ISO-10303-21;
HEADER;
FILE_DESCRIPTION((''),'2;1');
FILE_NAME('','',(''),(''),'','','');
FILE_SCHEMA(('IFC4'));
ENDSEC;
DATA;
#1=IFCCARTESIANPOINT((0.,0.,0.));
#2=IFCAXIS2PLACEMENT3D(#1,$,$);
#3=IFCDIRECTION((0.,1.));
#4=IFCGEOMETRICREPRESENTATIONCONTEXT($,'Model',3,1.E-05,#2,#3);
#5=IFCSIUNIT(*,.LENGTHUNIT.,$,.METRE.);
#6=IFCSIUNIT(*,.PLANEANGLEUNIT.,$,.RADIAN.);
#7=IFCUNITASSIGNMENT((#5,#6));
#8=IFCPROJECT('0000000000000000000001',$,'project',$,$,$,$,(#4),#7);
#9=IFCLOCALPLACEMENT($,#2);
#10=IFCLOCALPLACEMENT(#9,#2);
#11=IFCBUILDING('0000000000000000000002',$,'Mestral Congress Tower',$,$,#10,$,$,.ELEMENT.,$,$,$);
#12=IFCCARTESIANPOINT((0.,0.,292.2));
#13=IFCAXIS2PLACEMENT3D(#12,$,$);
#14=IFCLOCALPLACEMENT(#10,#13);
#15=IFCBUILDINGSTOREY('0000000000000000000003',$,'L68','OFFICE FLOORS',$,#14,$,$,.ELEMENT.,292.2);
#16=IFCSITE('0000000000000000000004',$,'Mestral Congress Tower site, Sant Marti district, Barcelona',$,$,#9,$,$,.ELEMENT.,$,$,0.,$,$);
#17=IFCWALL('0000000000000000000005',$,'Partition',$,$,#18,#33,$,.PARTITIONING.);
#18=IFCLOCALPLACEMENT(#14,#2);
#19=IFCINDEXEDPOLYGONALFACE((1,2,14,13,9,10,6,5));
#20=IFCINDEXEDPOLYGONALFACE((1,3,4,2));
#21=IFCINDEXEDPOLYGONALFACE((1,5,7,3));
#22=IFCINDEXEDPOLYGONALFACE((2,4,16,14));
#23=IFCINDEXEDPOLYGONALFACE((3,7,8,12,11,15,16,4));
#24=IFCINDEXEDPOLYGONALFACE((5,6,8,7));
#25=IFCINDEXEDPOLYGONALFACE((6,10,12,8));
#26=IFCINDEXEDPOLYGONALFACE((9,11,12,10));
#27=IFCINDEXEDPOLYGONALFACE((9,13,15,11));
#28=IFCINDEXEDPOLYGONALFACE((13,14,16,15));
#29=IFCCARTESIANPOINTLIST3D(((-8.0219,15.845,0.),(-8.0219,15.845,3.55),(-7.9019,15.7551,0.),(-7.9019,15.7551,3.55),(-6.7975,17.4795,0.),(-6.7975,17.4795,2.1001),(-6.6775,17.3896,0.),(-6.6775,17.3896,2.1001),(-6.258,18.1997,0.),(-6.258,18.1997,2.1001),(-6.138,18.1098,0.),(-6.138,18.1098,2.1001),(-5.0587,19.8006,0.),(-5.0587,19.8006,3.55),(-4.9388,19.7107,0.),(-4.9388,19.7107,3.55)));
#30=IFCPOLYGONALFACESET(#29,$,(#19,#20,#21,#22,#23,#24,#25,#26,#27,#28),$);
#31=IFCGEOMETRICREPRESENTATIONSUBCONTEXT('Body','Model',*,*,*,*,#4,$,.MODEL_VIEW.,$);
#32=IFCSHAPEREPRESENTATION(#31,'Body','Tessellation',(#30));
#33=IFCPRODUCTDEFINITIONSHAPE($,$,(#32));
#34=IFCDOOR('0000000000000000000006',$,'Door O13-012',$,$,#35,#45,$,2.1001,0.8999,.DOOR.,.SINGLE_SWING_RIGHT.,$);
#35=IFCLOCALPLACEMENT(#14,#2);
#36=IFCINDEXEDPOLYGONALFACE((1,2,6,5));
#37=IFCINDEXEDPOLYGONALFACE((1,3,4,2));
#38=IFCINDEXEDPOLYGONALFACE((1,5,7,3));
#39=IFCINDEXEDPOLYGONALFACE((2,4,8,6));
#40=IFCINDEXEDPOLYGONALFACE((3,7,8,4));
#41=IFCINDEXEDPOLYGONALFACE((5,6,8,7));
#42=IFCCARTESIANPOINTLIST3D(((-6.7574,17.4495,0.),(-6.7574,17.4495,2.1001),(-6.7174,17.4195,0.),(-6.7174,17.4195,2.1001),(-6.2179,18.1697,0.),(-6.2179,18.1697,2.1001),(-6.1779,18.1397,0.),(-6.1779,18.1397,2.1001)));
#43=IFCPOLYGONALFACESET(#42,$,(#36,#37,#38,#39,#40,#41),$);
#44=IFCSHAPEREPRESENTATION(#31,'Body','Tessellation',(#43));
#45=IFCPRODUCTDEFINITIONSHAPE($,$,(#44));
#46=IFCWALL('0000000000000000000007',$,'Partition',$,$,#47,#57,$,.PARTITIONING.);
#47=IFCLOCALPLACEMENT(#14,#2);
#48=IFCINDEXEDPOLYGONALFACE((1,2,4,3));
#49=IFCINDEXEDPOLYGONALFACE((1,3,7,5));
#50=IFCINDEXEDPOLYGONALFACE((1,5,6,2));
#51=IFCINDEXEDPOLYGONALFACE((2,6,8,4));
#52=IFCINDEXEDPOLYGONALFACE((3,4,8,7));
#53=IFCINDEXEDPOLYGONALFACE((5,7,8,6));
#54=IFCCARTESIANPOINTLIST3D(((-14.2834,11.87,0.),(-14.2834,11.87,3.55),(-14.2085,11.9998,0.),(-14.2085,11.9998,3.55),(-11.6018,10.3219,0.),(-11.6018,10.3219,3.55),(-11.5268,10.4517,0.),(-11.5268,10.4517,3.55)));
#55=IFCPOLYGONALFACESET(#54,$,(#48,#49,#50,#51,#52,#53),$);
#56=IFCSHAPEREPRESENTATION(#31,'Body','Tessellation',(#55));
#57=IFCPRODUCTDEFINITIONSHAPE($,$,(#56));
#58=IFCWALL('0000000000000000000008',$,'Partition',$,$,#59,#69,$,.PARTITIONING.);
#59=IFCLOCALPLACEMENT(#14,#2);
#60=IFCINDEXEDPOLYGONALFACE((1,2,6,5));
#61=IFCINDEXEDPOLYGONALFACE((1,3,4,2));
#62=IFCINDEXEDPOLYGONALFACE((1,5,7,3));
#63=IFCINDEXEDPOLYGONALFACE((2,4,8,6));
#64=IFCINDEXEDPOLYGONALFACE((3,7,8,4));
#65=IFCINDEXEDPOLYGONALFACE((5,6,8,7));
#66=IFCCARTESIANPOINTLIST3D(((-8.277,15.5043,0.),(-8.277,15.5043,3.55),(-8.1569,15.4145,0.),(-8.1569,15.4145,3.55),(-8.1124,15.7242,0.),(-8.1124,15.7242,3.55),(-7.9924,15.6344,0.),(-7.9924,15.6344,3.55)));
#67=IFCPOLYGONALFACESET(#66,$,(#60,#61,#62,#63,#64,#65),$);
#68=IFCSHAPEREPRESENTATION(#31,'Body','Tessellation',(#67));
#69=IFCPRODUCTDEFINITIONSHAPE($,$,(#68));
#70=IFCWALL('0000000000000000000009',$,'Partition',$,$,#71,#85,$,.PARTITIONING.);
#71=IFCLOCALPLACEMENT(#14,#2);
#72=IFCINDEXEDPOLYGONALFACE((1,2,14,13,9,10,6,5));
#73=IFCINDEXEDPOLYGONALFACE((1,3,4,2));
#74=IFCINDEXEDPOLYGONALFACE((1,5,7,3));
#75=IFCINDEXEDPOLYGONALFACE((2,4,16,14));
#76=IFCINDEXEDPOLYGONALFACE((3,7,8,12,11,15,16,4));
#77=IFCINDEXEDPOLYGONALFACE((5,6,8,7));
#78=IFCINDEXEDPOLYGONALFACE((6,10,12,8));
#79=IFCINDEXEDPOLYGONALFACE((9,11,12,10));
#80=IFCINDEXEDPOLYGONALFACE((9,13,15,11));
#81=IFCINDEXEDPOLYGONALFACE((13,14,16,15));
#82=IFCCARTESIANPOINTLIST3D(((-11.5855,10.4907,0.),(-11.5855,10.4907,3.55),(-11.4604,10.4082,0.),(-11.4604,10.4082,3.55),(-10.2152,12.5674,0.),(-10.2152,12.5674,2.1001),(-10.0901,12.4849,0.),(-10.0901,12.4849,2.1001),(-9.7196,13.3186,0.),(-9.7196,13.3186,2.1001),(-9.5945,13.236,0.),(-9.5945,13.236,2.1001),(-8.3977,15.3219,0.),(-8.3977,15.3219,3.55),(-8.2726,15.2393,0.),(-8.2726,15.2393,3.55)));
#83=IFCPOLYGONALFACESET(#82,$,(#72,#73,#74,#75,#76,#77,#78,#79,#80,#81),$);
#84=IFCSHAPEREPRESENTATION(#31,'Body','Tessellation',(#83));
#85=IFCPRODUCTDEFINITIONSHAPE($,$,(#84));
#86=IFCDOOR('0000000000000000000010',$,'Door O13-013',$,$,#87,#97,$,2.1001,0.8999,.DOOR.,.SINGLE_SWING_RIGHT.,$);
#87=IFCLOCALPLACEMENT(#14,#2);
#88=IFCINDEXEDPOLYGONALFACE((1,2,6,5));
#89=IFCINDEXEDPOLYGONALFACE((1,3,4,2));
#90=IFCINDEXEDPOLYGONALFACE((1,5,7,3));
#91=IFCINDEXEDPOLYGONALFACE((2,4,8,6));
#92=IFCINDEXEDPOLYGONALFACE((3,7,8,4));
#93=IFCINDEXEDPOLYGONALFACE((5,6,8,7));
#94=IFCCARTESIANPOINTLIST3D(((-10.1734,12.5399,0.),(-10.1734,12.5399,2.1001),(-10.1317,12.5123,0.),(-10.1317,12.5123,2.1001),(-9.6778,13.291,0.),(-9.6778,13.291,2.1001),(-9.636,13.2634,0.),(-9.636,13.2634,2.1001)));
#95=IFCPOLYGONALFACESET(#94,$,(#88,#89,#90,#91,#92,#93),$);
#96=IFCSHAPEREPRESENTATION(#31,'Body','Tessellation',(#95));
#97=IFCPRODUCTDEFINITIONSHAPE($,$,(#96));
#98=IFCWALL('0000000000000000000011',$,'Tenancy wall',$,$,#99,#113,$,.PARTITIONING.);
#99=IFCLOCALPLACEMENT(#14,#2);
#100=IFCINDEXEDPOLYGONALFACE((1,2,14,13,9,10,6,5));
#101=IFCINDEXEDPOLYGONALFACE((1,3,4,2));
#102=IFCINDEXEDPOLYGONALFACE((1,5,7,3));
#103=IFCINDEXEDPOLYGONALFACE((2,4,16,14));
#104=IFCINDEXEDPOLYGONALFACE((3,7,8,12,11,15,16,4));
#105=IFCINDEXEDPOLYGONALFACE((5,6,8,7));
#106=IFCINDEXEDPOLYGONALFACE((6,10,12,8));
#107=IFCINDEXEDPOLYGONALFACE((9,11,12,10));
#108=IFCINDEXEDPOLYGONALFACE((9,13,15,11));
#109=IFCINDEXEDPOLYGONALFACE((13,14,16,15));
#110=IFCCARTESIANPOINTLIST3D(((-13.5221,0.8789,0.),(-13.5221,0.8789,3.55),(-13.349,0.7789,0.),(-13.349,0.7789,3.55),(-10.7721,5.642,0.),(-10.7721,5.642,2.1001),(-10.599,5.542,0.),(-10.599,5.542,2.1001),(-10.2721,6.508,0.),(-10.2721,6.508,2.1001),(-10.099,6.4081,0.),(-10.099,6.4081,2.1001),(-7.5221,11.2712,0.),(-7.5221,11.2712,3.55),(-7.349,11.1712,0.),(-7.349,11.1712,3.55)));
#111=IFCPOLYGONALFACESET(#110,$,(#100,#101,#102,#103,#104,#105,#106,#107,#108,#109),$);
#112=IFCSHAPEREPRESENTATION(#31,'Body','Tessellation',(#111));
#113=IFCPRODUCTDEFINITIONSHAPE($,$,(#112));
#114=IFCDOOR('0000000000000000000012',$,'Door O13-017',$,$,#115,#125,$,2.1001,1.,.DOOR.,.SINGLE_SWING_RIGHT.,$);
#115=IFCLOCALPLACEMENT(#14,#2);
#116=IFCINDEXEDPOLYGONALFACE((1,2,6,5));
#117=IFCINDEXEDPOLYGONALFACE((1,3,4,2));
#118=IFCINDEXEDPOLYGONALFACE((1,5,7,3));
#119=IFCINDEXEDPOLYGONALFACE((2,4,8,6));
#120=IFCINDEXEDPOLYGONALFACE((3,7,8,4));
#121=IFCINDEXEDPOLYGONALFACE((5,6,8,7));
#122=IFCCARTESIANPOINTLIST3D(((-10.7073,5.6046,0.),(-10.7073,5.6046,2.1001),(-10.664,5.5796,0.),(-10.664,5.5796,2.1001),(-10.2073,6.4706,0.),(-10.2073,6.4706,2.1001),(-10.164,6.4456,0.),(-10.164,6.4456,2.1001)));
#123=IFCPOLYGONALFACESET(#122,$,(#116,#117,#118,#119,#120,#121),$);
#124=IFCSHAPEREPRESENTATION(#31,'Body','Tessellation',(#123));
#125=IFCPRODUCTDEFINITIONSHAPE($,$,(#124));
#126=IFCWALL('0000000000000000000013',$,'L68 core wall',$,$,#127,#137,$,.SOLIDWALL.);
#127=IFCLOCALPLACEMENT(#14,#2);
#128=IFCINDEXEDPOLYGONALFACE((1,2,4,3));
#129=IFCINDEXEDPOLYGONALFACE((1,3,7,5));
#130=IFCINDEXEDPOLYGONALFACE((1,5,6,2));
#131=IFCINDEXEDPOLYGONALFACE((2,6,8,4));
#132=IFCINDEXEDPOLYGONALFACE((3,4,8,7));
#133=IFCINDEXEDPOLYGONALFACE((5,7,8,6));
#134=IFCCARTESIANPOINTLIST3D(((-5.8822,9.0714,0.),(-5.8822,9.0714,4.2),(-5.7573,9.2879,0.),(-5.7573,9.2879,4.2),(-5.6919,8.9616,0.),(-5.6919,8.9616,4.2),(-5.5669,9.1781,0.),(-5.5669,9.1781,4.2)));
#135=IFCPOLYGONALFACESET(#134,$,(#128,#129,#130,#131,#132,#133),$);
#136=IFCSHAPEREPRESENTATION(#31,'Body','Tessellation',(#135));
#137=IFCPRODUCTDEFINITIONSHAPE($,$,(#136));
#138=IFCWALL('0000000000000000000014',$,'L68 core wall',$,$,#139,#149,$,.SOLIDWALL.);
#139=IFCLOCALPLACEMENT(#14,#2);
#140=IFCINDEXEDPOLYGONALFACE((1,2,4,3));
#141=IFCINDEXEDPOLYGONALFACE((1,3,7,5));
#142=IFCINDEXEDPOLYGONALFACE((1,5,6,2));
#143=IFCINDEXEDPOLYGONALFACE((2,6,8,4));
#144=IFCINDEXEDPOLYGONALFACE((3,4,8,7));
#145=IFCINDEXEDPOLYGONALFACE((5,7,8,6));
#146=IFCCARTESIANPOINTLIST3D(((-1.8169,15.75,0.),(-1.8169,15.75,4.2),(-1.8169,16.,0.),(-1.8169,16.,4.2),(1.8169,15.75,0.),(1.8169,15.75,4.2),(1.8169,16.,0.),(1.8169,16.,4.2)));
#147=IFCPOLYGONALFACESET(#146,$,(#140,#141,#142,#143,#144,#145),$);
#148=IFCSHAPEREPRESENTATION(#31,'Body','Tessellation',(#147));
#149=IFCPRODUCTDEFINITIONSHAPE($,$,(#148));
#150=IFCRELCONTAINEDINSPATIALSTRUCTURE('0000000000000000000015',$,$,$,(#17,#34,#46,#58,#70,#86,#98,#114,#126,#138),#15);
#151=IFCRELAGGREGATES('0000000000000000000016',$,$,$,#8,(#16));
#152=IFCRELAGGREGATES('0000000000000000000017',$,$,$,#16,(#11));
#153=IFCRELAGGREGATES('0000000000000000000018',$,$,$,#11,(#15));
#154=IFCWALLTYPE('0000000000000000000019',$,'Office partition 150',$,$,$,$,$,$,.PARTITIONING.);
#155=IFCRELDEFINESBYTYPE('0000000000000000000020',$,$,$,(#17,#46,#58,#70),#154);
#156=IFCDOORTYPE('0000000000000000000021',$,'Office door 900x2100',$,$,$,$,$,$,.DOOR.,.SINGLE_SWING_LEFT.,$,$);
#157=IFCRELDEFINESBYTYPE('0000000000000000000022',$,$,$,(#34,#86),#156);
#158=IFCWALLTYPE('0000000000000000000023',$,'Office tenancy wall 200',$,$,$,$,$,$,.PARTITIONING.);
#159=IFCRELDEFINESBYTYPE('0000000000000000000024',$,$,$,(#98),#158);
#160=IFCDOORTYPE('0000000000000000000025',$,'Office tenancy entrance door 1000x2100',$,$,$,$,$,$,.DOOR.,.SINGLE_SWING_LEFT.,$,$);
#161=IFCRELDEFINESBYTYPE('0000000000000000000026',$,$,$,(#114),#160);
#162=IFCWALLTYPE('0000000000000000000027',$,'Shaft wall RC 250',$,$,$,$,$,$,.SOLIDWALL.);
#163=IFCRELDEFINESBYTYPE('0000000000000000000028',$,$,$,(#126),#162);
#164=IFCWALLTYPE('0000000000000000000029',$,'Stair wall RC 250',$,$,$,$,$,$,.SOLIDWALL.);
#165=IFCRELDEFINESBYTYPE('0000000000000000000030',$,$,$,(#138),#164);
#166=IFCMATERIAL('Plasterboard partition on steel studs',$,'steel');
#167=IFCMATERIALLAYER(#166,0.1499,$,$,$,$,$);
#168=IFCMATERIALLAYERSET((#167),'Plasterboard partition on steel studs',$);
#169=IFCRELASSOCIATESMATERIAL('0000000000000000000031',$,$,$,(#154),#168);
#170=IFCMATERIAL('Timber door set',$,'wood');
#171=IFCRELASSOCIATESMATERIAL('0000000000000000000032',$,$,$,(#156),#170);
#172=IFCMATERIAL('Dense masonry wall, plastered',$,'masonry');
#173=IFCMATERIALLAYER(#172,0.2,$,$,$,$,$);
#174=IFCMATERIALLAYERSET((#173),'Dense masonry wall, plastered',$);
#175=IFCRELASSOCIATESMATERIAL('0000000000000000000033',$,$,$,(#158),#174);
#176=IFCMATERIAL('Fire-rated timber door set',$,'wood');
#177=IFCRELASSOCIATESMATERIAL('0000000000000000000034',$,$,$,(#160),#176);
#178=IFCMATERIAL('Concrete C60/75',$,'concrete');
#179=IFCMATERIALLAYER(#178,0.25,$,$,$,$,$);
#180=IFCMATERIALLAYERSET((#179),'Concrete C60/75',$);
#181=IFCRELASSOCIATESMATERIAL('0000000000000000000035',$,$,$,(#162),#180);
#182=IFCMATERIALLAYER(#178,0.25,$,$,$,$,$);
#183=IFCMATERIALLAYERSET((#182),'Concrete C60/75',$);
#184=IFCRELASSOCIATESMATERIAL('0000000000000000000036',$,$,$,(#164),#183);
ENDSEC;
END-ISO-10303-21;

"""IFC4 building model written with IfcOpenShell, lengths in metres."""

from ifc_helpers import new_model, si_unit, direction, frame, frame_2d, origin, place, context, subcontext, project, spatial, rectangle, extrude, material, layer, layer_set, type_object, element, fill, save


model = new_model("IFC4")

# Units and contexts
model_context = context("Model", 3, precision=1e-05, world=origin(), true_north=direction((0.0, 1.0)))
body_context = subcontext(model_context, "Body", "Model", "MODEL_VIEW")
ifc_project = project(units=[si_unit("LENGTHUNIT", "METRE"), si_unit("PLANEANGLEUNIT", "RADIAN")], contexts=[model_context])

# Site, building, storey
site_placement = place(None, origin())
site = spatial("IfcSite", under=ifc_project, at=site_placement, Name="Mestral Congress Tower site, Sant Marti district, Barcelona", CompositionType="ELEMENT", RefElevation=0.0)
building_placement = place(site_placement, origin())
building = spatial("IfcBuilding", under=site, at=building_placement, Name="Mestral Congress Tower", CompositionType="ELEMENT")
storey_placement = place(building_placement, frame((0.0, 0.0, 292.2)))
storey = spatial("IfcBuildingStorey", under=building, at=storey_placement, Name="L68", Description="OFFICE FLOORS", CompositionType="ELEMENT", Elevation=292.2)

# Shared definitions
ifc_material_1 = material(Name="Concrete C60/75", Category="concrete")

# Shared definitions
ifc_material_2 = material(Name="Plasterboard partition on steel studs", Category="steel")
ifc_layer_1 = layer(ifc_material_2, 0.1499)
ifc_layer_set_1 = layer_set([ifc_layer_1], Name="Plasterboard partition on steel studs")
wall_type_1 = type_object("IfcWallType", Name="Office partition 150", PredefinedType="PARTITIONING", material=ifc_layer_set_1)

# Wall, opening, door
wall_1_placement = place(storey_placement, frame((-7.9619, 15.8, 0.0), z_axis=(0.0, 0.0, 1.0), x_axis=(0.599541, 0.800344, 0.0)))
wall_1 = element("IfcWall", 1, at=wall_1_placement, inside=storey, type_object=wall_type_1, Name="Partition", PredefinedType="PARTITIONING", context=body_context, shape_type="SweptSolid", body=[
    extrude(rectangle(XDim=4.9424, YDim=0.1499, at=frame_2d((2.4712, 0.0))), origin(), (0.0, 0.0, 1.0), 3.55),
])
opening_1_placement = place(wall_1_placement, frame((2.0422, 0.0, 0.0)))
opening_1 = element("IfcOpeningElement", 2, at=opening_1_placement, cuts=wall_1, PredefinedType="OPENING", context=body_context, shape_type="SweptSolid", body=[
    extrude(rectangle(XDim=0.8999, YDim=2.1001, at=frame_2d((0.45, 1.05))), frame((0.0, 0.085, 0.0), z_axis=(0.0, -1.0, 0.0), x_axis=(1.0, 0.0, 0.0)), (0.0, 0.0, 1.0), 0.1699),
])
ifc_material_3 = material(Name="Timber door set", Category="wood")
door_type_1 = type_object("IfcDoorType", Name="Office door 900x2100", OperationType="SINGLE_SWING_LEFT", PredefinedType="DOOR", material=ifc_material_3)
door_1_placement = place(opening_1_placement, origin())
door_1 = element("IfcDoor", 3, at=door_1_placement, inside=storey, type_object=door_type_1, Name="Door O13-012", OperationType="SINGLE_SWING_RIGHT", OverallHeight=2.1001, OverallWidth=0.8999, PredefinedType="DOOR", context=body_context, shape_type="SweptSolid", body=[
    extrude(rectangle(XDim=0.8999, YDim=2.1001, at=frame_2d((0.45, 1.05))), frame((0.0, 0.0249, 0.0), z_axis=(0.0, -1.0, 0.0), x_axis=(1.0, 0.0, 0.0)), (0.0, 0.0, 1.0), 0.05),
])
fill(opening_1, door_1)

# Walls
wall_2_placement = place(storey_placement, frame((-11.5642, 10.3867, 0.0), z_axis=(0.0, 0.0, 1.0), x_axis=(-0.866046, 0.499964, 0.0)))
element("IfcWall", 4, at=wall_2_placement, inside=storey, type_object=wall_type_1, Name="Partition", PredefinedType="PARTITIONING", context=body_context, shape_type="SweptSolid", body=[
    extrude(rectangle(XDim=3.0964, YDim=0.1499, at=frame_2d((1.5483, 0.0))), origin(), (0.0, 0.0, 1.0), 3.55),
])
wall_3_placement = place(storey_placement, frame((-8.0525, 15.6792, 0.0), z_axis=(0.0, 0.0, 1.0), x_axis=(-0.599004, -0.800746, 0.0)))
element("IfcWall", 5, at=wall_3_placement, inside=storey, type_object=wall_type_1, Name="Partition", PredefinedType="PARTITIONING", context=body_context, shape_type="SweptSolid", body=[
    extrude(rectangle(XDim=0.2747, YDim=0.1499, at=frame_2d((0.1372, 0.0))), origin(), (0.0, 0.0, 1.0), 3.55),
])

# Walls, openings, doors
wall_4_placement = place(storey_placement, frame((-11.5229, 10.4495, 0.0), z_axis=(0.0, 0.0, 1.0), x_axis=(0.550752, 0.834669, 0.0)))
wall_4 = element("IfcWall", 6, at=wall_4_placement, inside=storey, type_object=wall_type_1, Name="Partition", PredefinedType="PARTITIONING", context=body_context, shape_type="SweptSolid", body=[
    extrude(rectangle(XDim=5.7881, YDim=0.1499, at=frame_2d((2.894, 0.0))), origin(), (0.0, 0.0, 1.0), 3.55),
])
opening_2_placement = place(wall_4_placement, frame((2.488, 0.0, 0.0)))
opening_2 = element("IfcOpeningElement", 7, at=opening_2_placement, cuts=wall_4, PredefinedType="OPENING", context=body_context, shape_type="SweptSolid", body=[
    extrude(rectangle(XDim=0.8999, YDim=2.1001, at=frame_2d((0.45, 1.05))), frame((0.0, 0.085, 0.0), z_axis=(0.0, -1.0, 0.0), x_axis=(1.0, 0.0, 0.0)), (0.0, 0.0, 1.0), 0.1699),
])
door_2_placement = place(opening_2_placement, origin())
door_2 = element("IfcDoor", 8, at=door_2_placement, inside=storey, type_object=door_type_1, Name="Door O13-013", OperationType="SINGLE_SWING_RIGHT", OverallHeight=2.1001, OverallWidth=0.8999, PredefinedType="DOOR", context=body_context, shape_type="SweptSolid", body=[
    extrude(rectangle(XDim=0.8999, YDim=2.1001, at=frame_2d((0.45, 1.05))), frame((0.0, 0.0249, 0.0), z_axis=(0.0, -1.0, 0.0), x_axis=(1.0, 0.0, 0.0)), (0.0, 0.0, 1.0), 0.05),
])
fill(opening_2, door_2)
ifc_material_4 = material(Name="Dense masonry wall, plastered", Category="masonry")
ifc_layer_2 = layer(ifc_material_4, 0.2)
ifc_layer_set_2 = layer_set([ifc_layer_2], Name="Dense masonry wall, plastered")
wall_type_2 = type_object("IfcWallType", Name="Office tenancy wall 200", PredefinedType="PARTITIONING", material=ifc_layer_set_2)
wall_5_placement = place(storey_placement, frame((-7.4355, 11.2212, 0.0), z_axis=(0.0, 0.0, 1.0), x_axis=(-0.499999, -0.866026, 0.0)))
wall_5 = element("IfcWall", 9, at=wall_5_placement, inside=storey, type_object=wall_type_2, Name="Tenancy wall", PredefinedType="PARTITIONING", context=body_context, shape_type="SweptSolid", body=[
    extrude(rectangle(XDim=12.0, YDim=0.2, at=frame_2d((6.0, 0.0))), origin(), (0.0, 0.0, 1.0), 3.55),
])
opening_3_placement = place(wall_5_placement, frame((5.5, 0.0, 0.0)))
opening_3 = element("IfcOpeningElement", 10, at=opening_3_placement, cuts=wall_5, PredefinedType="OPENING", context=body_context, shape_type="SweptSolid", body=[
    extrude(rectangle(XDim=1.0, YDim=2.1001, at=frame_2d((0.5, 1.05))), frame((0.0, 0.1099, 0.0), z_axis=(0.0, -1.0, 0.0), x_axis=(1.0, 0.0, 0.0)), (0.0, 0.0, 1.0), 0.22),
])
ifc_material_5 = material(Name="Fire-rated timber door set", Category="wood")
door_type_2 = type_object("IfcDoorType", Name="Office tenancy entrance door 1000x2100", OperationType="SINGLE_SWING_LEFT", PredefinedType="DOOR", material=ifc_material_5)
door_3_placement = place(opening_3_placement, origin())
door_3 = element("IfcDoor", 11, at=door_3_placement, inside=storey, type_object=door_type_2, Name="Door O13-017", OperationType="SINGLE_SWING_RIGHT", OverallHeight=2.1001, OverallWidth=1.0, PredefinedType="DOOR", context=body_context, shape_type="SweptSolid", body=[
    extrude(rectangle(XDim=1.0, YDim=2.1001, at=frame_2d((0.5, 1.05))), frame((0.0, 0.0249, 0.0), z_axis=(0.0, -1.0, 0.0), x_axis=(1.0, 0.0, 0.0)), (0.0, 0.0, 1.0), 0.05),
])
fill(opening_3, door_3)

# Walls
ifc_layer_3 = layer(ifc_material_1, 0.25)
ifc_layer_set_3 = layer_set([ifc_layer_3], Name="Concrete C60/75")
wall_type_3 = type_object("IfcWallType", Name="Shaft wall RC 250", PredefinedType="SOLIDWALL", material=ifc_layer_set_3)
wall_6_placement = place(storey_placement, frame((-5.6294, 9.0698, 0.0), z_axis=(0.0, 0.0, 1.0), x_axis=(-0.866186, 0.499722, 0.0)))
element("IfcWall", 12, at=wall_6_placement, inside=storey, type_object=wall_type_3, Name="L68 core wall", PredefinedType="SOLIDWALL", context=body_context, shape_type="SweptSolid", body=[
    extrude(rectangle(XDim=0.2197, YDim=0.25, at=frame_2d((0.1099, 0.0))), origin(), (0.0, 0.0, 1.0), 4.2),
])
ifc_layer_4 = layer(ifc_material_1, 0.25)
ifc_layer_set_4 = layer_set([ifc_layer_4], Name="Concrete C60/75")
wall_type_4 = type_object("IfcWallType", Name="Stair wall RC 250", PredefinedType="SOLIDWALL", material=ifc_layer_set_4)
wall_7_placement = place(storey_placement, frame((-1.8169, 15.875, 0.0), z_axis=(0.0, 0.0, 1.0), x_axis=(1.0, 0.0, 0.0)))
element("IfcWall", 13, at=wall_7_placement, inside=storey, type_object=wall_type_4, Name="L68 core wall", PredefinedType="SOLIDWALL", context=body_context, shape_type="SweptSolid", body=[
    extrude(rectangle(XDim=3.6338, YDim=0.25, at=frame_2d((1.8169, 0.0))), origin(), (0.0, 0.0, 1.0), 4.2),
])

save(model, "model.ifc")
